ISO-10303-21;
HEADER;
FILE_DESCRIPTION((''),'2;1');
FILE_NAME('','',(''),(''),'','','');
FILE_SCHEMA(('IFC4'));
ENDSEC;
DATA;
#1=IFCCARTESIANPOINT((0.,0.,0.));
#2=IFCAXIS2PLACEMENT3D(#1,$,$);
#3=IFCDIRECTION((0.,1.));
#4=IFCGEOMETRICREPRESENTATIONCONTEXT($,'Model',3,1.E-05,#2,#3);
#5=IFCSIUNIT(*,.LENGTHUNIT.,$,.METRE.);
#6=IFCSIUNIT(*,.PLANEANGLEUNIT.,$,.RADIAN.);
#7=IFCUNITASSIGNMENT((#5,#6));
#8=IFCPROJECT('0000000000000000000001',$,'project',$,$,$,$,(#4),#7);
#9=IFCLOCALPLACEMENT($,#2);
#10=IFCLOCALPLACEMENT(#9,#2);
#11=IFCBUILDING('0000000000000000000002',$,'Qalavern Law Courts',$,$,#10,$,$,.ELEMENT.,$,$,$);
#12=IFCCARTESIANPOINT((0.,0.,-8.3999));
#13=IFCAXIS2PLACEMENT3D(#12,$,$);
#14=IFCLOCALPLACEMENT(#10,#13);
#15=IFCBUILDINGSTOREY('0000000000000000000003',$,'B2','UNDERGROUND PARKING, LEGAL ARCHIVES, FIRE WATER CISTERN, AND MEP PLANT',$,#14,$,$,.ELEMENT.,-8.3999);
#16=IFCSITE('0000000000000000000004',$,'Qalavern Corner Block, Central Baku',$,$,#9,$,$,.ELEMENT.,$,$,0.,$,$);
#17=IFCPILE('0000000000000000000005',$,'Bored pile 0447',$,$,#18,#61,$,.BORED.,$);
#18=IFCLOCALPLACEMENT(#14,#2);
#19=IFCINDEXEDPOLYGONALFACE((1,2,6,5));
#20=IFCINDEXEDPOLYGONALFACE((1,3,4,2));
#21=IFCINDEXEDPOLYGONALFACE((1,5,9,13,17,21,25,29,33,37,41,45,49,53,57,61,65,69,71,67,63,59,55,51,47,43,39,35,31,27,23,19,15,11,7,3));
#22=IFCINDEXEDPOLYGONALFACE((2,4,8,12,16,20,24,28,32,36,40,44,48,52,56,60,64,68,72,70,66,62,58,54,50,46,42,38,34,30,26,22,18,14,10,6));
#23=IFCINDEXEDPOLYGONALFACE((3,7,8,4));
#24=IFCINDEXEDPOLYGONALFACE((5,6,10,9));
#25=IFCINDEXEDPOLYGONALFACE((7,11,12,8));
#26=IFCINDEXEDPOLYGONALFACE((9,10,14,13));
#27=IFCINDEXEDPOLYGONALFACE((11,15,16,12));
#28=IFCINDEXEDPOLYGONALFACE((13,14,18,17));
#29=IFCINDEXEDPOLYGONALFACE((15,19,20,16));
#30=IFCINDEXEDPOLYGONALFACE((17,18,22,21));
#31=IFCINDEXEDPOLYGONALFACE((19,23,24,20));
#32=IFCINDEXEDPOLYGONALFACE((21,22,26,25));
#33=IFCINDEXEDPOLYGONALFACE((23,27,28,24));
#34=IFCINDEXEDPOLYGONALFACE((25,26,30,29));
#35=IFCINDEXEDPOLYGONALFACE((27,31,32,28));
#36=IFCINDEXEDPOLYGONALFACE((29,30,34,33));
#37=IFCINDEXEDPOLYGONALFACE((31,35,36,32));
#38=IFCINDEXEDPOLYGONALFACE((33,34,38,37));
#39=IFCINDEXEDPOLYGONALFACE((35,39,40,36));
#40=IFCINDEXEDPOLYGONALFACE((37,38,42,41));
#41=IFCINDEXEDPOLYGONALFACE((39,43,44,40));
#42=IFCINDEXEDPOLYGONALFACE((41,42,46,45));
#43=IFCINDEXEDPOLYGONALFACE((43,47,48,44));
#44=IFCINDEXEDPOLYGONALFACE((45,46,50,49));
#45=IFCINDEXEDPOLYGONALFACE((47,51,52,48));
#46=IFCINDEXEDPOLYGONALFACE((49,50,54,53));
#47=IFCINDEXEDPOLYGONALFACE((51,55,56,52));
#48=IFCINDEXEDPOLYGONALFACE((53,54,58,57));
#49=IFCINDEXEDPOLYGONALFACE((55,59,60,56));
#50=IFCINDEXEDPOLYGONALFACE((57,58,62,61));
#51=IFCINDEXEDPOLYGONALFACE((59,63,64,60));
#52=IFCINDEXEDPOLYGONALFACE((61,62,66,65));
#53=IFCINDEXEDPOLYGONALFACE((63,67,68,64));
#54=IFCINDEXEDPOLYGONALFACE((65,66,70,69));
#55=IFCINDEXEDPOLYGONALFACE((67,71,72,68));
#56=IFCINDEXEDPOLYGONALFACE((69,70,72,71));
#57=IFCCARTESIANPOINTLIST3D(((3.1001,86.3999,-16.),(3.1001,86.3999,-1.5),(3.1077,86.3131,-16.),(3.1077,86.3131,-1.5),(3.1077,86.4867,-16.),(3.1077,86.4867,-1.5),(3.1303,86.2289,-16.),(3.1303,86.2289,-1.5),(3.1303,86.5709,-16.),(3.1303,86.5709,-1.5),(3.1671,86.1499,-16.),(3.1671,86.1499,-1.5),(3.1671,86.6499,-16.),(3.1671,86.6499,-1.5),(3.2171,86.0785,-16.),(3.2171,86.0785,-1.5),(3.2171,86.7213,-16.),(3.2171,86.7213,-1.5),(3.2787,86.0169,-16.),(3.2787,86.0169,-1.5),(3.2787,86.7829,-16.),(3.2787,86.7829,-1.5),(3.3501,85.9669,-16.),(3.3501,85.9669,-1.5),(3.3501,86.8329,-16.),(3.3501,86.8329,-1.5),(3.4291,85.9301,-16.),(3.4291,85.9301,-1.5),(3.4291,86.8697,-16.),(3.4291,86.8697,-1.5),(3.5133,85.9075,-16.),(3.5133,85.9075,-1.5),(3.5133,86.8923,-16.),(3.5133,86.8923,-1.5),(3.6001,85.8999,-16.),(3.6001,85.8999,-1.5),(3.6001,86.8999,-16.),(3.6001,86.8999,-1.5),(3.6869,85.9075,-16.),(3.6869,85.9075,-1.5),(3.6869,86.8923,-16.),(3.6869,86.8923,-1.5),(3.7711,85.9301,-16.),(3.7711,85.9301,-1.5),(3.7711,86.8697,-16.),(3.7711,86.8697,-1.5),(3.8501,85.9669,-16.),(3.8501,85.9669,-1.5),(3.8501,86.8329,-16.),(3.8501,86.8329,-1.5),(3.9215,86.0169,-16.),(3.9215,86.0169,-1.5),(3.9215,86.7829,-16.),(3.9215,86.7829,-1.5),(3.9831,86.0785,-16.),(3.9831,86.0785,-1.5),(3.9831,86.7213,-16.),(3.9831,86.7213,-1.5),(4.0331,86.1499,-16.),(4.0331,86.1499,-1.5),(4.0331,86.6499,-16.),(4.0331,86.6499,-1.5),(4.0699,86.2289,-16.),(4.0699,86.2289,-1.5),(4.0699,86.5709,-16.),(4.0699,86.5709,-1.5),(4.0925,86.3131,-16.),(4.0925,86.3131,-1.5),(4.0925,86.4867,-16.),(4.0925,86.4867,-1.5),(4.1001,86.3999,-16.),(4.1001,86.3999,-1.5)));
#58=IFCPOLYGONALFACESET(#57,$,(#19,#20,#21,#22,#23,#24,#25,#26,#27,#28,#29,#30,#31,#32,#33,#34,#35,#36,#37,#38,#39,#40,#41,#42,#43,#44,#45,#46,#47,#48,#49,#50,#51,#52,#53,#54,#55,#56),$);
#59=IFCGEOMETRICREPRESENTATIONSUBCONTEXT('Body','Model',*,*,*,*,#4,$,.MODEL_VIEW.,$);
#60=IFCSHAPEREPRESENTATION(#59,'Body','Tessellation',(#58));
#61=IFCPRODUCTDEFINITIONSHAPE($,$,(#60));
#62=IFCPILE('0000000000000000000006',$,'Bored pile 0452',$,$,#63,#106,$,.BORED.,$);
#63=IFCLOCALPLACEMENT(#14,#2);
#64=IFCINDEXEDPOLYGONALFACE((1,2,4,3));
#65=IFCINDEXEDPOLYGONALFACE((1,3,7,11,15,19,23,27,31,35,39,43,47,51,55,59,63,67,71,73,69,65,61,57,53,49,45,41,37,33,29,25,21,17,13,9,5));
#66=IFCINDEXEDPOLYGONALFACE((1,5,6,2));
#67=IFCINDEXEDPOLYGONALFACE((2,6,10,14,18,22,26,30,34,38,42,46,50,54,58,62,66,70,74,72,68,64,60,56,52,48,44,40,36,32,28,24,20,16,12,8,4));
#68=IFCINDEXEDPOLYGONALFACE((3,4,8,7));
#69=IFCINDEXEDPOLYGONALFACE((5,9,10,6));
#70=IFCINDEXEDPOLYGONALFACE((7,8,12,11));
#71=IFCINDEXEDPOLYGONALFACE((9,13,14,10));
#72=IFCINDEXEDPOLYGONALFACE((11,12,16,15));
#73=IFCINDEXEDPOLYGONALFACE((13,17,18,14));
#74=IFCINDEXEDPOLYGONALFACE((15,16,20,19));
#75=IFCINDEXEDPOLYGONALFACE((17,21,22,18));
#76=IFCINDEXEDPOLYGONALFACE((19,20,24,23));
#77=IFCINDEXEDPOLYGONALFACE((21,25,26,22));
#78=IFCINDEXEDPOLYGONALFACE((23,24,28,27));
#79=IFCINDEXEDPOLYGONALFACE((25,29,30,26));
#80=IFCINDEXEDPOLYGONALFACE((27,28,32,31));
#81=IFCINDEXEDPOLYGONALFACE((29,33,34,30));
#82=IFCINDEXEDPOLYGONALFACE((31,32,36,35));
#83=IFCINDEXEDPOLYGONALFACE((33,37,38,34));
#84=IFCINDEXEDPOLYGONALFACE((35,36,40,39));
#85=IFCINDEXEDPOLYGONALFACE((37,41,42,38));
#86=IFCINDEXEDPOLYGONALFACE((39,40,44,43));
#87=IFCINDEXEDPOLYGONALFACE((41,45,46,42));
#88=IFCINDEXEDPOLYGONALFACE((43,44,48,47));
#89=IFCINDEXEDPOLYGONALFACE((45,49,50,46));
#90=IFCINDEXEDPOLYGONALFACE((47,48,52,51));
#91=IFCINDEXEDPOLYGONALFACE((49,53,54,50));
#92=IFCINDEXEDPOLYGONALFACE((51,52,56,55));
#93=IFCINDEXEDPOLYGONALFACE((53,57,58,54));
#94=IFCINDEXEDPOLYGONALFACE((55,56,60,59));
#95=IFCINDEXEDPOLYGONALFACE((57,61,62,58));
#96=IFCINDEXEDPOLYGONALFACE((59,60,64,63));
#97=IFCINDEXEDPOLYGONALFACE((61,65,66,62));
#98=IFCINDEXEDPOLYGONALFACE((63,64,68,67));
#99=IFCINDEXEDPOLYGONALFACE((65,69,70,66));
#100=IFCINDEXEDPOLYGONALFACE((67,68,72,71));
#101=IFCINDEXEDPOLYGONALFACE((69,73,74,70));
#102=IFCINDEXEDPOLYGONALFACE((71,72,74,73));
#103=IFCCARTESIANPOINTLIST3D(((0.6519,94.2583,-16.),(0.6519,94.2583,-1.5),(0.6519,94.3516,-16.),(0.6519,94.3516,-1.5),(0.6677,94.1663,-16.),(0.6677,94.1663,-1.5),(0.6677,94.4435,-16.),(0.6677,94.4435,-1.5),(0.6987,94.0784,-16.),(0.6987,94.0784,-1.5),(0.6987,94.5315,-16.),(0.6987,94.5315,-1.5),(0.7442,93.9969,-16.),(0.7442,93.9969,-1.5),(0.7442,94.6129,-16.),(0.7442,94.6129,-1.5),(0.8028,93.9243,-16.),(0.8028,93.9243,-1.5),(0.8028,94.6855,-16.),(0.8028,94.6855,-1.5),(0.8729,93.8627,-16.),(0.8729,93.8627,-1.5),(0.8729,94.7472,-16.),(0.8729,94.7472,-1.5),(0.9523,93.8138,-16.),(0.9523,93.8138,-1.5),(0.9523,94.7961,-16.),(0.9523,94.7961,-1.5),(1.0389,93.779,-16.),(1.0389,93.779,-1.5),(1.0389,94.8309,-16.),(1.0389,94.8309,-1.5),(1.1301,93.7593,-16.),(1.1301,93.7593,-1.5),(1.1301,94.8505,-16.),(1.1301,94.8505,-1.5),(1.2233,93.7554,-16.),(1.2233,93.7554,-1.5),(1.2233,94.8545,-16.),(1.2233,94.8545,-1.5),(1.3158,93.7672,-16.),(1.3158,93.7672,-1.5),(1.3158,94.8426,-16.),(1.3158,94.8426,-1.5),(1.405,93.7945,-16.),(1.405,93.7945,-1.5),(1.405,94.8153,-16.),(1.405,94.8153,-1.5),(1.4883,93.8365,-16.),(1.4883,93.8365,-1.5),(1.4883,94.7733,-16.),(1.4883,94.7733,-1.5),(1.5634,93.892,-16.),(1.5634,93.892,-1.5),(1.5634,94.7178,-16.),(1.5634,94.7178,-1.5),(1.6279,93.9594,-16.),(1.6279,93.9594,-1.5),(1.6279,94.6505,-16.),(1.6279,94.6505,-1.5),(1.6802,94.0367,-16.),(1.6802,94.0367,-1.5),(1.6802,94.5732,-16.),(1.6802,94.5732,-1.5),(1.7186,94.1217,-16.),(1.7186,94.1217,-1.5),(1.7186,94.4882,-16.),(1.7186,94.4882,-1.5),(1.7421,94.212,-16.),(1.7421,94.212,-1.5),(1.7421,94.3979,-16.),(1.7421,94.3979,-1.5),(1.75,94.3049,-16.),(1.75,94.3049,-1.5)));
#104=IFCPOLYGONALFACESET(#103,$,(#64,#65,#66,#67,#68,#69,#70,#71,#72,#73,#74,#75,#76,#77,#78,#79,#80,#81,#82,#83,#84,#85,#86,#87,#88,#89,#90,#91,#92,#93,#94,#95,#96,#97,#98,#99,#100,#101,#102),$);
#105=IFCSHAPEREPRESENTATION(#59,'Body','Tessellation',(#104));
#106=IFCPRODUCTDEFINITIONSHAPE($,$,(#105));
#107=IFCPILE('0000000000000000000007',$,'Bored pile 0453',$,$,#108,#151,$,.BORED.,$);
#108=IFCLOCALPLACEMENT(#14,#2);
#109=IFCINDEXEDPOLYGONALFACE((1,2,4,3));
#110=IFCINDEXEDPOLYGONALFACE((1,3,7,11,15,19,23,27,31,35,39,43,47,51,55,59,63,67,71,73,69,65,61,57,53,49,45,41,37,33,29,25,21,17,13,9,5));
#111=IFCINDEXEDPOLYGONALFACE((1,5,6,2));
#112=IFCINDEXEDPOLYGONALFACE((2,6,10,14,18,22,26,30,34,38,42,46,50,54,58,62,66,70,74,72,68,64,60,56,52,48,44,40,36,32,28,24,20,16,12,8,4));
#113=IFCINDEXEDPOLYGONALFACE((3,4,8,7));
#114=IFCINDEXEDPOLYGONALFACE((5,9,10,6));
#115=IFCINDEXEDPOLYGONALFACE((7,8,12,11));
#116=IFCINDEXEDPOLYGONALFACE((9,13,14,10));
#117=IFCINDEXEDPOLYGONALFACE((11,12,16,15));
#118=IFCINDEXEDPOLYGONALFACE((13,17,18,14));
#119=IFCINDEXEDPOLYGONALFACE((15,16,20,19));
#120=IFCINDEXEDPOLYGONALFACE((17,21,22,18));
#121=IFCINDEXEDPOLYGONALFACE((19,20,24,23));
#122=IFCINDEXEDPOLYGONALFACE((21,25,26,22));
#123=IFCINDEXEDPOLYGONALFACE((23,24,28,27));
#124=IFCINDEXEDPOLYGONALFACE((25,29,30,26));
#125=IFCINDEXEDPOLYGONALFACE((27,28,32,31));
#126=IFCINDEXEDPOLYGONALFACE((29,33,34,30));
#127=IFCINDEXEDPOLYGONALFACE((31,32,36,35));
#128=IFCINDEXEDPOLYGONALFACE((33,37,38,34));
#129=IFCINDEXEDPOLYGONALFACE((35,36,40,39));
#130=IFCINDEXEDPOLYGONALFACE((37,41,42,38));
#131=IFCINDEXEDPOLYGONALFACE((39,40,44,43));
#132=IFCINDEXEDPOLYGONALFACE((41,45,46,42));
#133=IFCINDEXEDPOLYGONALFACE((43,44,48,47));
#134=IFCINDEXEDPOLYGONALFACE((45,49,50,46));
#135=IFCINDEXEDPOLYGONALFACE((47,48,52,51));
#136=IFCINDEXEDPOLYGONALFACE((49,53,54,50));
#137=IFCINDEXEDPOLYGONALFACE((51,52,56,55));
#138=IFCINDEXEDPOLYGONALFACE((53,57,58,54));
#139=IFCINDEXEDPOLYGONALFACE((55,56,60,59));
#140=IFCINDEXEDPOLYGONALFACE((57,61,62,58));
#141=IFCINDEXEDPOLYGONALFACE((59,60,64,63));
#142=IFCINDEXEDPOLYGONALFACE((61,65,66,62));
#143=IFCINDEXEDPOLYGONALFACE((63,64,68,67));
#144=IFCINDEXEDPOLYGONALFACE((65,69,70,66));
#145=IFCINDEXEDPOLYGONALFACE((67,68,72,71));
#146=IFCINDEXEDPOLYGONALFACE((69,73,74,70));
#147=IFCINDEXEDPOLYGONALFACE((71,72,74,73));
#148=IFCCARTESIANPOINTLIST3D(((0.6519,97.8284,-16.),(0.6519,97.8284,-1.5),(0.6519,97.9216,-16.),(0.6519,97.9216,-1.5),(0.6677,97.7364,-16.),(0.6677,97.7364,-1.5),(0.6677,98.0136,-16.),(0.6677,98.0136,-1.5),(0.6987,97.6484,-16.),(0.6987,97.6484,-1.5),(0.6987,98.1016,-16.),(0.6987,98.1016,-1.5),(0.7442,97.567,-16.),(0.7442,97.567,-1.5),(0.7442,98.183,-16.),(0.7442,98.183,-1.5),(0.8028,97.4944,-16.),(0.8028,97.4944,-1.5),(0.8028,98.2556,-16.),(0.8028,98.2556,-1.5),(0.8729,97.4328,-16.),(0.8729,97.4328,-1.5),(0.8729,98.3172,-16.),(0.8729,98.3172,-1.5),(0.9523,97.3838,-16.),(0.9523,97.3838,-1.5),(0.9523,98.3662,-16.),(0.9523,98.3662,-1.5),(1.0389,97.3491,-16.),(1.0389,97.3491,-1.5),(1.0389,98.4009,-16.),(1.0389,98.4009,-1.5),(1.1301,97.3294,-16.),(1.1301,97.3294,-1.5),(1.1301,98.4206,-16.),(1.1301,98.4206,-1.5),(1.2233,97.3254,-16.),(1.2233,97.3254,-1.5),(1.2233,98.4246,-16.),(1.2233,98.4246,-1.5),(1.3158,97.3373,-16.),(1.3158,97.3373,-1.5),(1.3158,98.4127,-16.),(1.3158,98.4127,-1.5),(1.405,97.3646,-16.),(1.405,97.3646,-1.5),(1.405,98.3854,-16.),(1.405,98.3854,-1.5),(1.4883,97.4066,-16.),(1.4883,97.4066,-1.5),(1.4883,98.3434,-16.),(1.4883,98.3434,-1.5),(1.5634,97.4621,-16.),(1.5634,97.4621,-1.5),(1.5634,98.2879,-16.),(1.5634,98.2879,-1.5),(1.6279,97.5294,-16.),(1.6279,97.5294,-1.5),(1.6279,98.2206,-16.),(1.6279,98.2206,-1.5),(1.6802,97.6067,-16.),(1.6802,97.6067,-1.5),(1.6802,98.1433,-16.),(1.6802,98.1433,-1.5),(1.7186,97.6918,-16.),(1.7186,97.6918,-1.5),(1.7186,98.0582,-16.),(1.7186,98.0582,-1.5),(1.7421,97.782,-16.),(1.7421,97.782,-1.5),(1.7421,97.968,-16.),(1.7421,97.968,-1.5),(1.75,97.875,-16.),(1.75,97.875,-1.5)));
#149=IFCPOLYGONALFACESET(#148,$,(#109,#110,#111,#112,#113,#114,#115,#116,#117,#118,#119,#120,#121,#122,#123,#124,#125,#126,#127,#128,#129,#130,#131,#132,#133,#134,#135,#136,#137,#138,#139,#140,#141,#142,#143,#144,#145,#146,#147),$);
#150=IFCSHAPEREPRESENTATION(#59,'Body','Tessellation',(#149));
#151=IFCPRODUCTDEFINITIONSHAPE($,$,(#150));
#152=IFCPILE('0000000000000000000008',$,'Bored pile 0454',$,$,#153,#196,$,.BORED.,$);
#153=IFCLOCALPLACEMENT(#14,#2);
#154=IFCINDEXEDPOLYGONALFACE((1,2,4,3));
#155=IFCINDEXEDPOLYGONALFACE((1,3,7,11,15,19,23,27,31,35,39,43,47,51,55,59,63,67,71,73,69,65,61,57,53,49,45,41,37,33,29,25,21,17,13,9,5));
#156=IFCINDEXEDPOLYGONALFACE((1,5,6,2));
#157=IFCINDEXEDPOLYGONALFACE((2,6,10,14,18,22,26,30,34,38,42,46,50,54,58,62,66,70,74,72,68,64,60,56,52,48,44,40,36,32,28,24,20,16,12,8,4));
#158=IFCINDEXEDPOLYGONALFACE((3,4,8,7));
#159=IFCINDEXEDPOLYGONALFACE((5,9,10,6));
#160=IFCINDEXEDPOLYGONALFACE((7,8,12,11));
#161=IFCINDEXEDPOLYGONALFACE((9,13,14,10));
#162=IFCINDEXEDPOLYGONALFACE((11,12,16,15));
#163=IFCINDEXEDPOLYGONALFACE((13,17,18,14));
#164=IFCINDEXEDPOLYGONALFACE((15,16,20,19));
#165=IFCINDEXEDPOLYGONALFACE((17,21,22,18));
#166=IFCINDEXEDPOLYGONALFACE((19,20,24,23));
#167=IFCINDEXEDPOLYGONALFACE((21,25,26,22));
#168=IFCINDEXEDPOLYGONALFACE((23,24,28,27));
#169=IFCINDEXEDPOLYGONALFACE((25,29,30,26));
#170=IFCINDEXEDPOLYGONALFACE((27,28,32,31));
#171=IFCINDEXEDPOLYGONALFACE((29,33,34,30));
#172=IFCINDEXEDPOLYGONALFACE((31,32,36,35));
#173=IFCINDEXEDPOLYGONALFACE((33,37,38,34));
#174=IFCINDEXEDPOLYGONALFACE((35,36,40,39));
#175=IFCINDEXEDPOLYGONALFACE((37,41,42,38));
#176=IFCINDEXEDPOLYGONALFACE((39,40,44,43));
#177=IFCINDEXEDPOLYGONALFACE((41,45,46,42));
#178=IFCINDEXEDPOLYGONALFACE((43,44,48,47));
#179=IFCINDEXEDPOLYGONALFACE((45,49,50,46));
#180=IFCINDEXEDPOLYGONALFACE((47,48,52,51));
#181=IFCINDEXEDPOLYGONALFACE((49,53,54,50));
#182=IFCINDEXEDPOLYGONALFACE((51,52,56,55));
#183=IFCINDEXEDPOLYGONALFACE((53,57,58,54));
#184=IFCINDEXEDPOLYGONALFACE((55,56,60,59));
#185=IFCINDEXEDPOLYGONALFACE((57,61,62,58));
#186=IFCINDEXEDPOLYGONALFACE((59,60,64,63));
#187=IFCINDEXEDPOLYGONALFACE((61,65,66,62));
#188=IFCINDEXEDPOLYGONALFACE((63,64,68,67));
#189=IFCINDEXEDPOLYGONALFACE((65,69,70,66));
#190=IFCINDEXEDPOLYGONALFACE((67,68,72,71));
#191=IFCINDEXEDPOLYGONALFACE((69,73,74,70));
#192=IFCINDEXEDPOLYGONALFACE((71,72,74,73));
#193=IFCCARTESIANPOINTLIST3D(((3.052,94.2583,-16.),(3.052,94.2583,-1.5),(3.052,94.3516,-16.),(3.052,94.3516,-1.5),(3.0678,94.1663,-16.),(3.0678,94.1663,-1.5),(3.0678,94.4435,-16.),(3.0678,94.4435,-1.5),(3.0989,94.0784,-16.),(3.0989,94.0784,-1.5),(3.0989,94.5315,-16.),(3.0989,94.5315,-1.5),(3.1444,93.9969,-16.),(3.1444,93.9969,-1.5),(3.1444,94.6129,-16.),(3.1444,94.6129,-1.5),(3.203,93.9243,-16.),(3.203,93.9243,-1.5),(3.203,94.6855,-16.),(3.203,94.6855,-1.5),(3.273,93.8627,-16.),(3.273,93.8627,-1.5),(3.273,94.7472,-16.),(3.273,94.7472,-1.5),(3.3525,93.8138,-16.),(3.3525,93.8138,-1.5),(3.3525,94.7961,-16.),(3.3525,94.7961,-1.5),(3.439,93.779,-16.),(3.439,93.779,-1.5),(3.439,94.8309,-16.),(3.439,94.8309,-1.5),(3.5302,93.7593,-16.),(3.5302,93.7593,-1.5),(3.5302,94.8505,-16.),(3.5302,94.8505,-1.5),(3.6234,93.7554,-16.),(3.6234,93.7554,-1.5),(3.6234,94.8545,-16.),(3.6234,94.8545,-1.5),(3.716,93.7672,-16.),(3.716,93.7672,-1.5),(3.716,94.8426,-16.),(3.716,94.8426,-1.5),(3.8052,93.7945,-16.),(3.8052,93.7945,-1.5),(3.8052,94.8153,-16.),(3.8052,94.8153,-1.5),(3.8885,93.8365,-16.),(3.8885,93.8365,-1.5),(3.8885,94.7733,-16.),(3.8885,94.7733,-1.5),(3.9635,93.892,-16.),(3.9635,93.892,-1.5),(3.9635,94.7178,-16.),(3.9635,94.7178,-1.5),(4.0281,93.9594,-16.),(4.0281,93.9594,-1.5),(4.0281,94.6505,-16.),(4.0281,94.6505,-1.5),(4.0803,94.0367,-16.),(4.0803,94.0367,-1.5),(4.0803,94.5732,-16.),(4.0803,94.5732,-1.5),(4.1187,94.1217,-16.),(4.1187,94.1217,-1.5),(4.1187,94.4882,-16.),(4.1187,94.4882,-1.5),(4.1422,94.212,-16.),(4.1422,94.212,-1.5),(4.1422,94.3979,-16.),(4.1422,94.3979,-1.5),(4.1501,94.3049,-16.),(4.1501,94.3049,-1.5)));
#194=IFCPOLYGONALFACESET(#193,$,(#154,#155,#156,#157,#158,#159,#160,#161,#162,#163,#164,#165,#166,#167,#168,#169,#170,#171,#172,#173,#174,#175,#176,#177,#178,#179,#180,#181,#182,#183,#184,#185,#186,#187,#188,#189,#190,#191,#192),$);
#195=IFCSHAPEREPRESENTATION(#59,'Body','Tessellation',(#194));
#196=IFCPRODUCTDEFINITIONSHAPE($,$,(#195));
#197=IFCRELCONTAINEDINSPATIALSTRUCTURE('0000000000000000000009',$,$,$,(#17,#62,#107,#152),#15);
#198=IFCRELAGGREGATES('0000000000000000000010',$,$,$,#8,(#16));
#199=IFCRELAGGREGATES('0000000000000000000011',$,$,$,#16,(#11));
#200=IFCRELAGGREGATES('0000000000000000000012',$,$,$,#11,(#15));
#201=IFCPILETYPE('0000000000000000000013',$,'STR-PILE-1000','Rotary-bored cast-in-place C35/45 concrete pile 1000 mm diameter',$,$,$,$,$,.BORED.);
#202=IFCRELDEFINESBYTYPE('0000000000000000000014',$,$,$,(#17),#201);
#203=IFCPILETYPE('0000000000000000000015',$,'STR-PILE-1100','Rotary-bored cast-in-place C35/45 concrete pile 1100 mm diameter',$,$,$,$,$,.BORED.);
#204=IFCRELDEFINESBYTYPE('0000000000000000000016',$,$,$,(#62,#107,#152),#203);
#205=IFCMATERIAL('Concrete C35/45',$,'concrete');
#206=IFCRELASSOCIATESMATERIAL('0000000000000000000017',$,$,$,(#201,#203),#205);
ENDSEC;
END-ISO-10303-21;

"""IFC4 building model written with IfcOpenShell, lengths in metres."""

from ifc_helpers import new_model, si_unit, direction, frame, origin, origin_2d, place, context, subcontext, project, spatial, circle, extrude, material, material_profile, profile_set, type_object, element, save


model = new_model("IFC4")

# Units and contexts
model_context = context("Model", 3, precision=1e-05, world=origin(), true_north=direction((0.0, 1.0)))
body_context = subcontext(model_context, "Body", "Model", "MODEL_VIEW")
ifc_project = project(units=[si_unit("LENGTHUNIT", "METRE"), si_unit("PLANEANGLEUNIT", "RADIAN")], contexts=[model_context])

# Site, building, storey
site_placement = place(None, origin())
site = spatial("IfcSite", under=ifc_project, at=site_placement, Name="Qalavern Corner Block, Central Baku", CompositionType="ELEMENT", RefElevation=0.0)
building_placement = place(site_placement, origin())
building = spatial("IfcBuilding", under=site, at=building_placement, Name="Qalavern Law Courts", CompositionType="ELEMENT")
storey_placement = place(building_placement, frame((0.0, 0.0, -8.3999)))
storey = spatial("IfcBuildingStorey", under=building, at=storey_placement, Name="B2", Description="UNDERGROUND PARKING, LEGAL ARCHIVES, FIRE WATER CISTERN, AND MEP PLANT", CompositionType="ELEMENT", Elevation=-8.3999)

# Shared definitions
ifc_material_1 = material(Name="Concrete C35/45", Category="concrete")

# Piles
ifc_material_profile_1 = material_profile(ifc_material_1, circle(Radius=0.5, at=origin_2d()), Name="BORED PILE 1000")
ifc_profile_set_1 = profile_set([ifc_material_profile_1], Name="Concrete C35/45")
pile_type_1 = type_object("IfcPileType", Name="STR-PILE-1000", Description="Rotary-bored cast-in-place C35/45 concrete pile 1000 mm diameter", PredefinedType="BORED", material=ifc_profile_set_1)
for number, where, z_axis, x_axis, name in (
    (1, (3.6001, 86.3999, -1.5), (0.0, 0.0, -1.0), (1.0, 0.0, 0.0), "Bored pile 0447"),
):
    element("IfcPile", number, at=place(storey_placement, frame(where, z_axis=z_axis, x_axis=x_axis)), inside=storey, type_object=pile_type_1, Name=name, PredefinedType="BORED", context=body_context, shape_type="SweptSolid", body=[
        extrude(circle(Radius=0.5, at=origin_2d()), origin(), (0.0, 0.0, 1.0), 14.5),
    ])
ifc_material_profile_2 = material_profile(ifc_material_1, circle(Radius=0.55, at=origin_2d()), Name="BORED PILE 1100")
ifc_profile_set_2 = profile_set([ifc_material_profile_2], Name="Concrete C35/45")
pile_type_2 = type_object("IfcPileType", Name="STR-PILE-1100", Description="Rotary-bored cast-in-place C35/45 concrete pile 1100 mm diameter", PredefinedType="BORED", material=ifc_profile_set_2)
for number, where, z_axis, x_axis, name in (
    (2, (1.2, 94.3049, -1.5), (0.0, 0.0, -1.0), (1.0, 0.0, 0.0), "Bored pile 0452"),
    (3, (1.2, 97.875, -1.5), (0.0, 0.0, -1.0), (1.0, 0.0, 0.0), "Bored pile 0453"),
    (4, (3.6001, 94.3049, -1.5), (0.0, 0.0, -1.0), (1.0, 0.0, 0.0), "Bored pile 0454"),
):
    element("IfcPile", number, at=place(storey_placement, frame(where, z_axis=z_axis, x_axis=x_axis)), inside=storey, type_object=pile_type_2, Name=name, PredefinedType="BORED", context=body_context, shape_type="SweptSolid", body=[
        extrude(circle(Radius=0.55, at=origin_2d()), origin(), (0.0, 0.0, 1.0), 14.5),
    ])

save(model, "model.ifc")
